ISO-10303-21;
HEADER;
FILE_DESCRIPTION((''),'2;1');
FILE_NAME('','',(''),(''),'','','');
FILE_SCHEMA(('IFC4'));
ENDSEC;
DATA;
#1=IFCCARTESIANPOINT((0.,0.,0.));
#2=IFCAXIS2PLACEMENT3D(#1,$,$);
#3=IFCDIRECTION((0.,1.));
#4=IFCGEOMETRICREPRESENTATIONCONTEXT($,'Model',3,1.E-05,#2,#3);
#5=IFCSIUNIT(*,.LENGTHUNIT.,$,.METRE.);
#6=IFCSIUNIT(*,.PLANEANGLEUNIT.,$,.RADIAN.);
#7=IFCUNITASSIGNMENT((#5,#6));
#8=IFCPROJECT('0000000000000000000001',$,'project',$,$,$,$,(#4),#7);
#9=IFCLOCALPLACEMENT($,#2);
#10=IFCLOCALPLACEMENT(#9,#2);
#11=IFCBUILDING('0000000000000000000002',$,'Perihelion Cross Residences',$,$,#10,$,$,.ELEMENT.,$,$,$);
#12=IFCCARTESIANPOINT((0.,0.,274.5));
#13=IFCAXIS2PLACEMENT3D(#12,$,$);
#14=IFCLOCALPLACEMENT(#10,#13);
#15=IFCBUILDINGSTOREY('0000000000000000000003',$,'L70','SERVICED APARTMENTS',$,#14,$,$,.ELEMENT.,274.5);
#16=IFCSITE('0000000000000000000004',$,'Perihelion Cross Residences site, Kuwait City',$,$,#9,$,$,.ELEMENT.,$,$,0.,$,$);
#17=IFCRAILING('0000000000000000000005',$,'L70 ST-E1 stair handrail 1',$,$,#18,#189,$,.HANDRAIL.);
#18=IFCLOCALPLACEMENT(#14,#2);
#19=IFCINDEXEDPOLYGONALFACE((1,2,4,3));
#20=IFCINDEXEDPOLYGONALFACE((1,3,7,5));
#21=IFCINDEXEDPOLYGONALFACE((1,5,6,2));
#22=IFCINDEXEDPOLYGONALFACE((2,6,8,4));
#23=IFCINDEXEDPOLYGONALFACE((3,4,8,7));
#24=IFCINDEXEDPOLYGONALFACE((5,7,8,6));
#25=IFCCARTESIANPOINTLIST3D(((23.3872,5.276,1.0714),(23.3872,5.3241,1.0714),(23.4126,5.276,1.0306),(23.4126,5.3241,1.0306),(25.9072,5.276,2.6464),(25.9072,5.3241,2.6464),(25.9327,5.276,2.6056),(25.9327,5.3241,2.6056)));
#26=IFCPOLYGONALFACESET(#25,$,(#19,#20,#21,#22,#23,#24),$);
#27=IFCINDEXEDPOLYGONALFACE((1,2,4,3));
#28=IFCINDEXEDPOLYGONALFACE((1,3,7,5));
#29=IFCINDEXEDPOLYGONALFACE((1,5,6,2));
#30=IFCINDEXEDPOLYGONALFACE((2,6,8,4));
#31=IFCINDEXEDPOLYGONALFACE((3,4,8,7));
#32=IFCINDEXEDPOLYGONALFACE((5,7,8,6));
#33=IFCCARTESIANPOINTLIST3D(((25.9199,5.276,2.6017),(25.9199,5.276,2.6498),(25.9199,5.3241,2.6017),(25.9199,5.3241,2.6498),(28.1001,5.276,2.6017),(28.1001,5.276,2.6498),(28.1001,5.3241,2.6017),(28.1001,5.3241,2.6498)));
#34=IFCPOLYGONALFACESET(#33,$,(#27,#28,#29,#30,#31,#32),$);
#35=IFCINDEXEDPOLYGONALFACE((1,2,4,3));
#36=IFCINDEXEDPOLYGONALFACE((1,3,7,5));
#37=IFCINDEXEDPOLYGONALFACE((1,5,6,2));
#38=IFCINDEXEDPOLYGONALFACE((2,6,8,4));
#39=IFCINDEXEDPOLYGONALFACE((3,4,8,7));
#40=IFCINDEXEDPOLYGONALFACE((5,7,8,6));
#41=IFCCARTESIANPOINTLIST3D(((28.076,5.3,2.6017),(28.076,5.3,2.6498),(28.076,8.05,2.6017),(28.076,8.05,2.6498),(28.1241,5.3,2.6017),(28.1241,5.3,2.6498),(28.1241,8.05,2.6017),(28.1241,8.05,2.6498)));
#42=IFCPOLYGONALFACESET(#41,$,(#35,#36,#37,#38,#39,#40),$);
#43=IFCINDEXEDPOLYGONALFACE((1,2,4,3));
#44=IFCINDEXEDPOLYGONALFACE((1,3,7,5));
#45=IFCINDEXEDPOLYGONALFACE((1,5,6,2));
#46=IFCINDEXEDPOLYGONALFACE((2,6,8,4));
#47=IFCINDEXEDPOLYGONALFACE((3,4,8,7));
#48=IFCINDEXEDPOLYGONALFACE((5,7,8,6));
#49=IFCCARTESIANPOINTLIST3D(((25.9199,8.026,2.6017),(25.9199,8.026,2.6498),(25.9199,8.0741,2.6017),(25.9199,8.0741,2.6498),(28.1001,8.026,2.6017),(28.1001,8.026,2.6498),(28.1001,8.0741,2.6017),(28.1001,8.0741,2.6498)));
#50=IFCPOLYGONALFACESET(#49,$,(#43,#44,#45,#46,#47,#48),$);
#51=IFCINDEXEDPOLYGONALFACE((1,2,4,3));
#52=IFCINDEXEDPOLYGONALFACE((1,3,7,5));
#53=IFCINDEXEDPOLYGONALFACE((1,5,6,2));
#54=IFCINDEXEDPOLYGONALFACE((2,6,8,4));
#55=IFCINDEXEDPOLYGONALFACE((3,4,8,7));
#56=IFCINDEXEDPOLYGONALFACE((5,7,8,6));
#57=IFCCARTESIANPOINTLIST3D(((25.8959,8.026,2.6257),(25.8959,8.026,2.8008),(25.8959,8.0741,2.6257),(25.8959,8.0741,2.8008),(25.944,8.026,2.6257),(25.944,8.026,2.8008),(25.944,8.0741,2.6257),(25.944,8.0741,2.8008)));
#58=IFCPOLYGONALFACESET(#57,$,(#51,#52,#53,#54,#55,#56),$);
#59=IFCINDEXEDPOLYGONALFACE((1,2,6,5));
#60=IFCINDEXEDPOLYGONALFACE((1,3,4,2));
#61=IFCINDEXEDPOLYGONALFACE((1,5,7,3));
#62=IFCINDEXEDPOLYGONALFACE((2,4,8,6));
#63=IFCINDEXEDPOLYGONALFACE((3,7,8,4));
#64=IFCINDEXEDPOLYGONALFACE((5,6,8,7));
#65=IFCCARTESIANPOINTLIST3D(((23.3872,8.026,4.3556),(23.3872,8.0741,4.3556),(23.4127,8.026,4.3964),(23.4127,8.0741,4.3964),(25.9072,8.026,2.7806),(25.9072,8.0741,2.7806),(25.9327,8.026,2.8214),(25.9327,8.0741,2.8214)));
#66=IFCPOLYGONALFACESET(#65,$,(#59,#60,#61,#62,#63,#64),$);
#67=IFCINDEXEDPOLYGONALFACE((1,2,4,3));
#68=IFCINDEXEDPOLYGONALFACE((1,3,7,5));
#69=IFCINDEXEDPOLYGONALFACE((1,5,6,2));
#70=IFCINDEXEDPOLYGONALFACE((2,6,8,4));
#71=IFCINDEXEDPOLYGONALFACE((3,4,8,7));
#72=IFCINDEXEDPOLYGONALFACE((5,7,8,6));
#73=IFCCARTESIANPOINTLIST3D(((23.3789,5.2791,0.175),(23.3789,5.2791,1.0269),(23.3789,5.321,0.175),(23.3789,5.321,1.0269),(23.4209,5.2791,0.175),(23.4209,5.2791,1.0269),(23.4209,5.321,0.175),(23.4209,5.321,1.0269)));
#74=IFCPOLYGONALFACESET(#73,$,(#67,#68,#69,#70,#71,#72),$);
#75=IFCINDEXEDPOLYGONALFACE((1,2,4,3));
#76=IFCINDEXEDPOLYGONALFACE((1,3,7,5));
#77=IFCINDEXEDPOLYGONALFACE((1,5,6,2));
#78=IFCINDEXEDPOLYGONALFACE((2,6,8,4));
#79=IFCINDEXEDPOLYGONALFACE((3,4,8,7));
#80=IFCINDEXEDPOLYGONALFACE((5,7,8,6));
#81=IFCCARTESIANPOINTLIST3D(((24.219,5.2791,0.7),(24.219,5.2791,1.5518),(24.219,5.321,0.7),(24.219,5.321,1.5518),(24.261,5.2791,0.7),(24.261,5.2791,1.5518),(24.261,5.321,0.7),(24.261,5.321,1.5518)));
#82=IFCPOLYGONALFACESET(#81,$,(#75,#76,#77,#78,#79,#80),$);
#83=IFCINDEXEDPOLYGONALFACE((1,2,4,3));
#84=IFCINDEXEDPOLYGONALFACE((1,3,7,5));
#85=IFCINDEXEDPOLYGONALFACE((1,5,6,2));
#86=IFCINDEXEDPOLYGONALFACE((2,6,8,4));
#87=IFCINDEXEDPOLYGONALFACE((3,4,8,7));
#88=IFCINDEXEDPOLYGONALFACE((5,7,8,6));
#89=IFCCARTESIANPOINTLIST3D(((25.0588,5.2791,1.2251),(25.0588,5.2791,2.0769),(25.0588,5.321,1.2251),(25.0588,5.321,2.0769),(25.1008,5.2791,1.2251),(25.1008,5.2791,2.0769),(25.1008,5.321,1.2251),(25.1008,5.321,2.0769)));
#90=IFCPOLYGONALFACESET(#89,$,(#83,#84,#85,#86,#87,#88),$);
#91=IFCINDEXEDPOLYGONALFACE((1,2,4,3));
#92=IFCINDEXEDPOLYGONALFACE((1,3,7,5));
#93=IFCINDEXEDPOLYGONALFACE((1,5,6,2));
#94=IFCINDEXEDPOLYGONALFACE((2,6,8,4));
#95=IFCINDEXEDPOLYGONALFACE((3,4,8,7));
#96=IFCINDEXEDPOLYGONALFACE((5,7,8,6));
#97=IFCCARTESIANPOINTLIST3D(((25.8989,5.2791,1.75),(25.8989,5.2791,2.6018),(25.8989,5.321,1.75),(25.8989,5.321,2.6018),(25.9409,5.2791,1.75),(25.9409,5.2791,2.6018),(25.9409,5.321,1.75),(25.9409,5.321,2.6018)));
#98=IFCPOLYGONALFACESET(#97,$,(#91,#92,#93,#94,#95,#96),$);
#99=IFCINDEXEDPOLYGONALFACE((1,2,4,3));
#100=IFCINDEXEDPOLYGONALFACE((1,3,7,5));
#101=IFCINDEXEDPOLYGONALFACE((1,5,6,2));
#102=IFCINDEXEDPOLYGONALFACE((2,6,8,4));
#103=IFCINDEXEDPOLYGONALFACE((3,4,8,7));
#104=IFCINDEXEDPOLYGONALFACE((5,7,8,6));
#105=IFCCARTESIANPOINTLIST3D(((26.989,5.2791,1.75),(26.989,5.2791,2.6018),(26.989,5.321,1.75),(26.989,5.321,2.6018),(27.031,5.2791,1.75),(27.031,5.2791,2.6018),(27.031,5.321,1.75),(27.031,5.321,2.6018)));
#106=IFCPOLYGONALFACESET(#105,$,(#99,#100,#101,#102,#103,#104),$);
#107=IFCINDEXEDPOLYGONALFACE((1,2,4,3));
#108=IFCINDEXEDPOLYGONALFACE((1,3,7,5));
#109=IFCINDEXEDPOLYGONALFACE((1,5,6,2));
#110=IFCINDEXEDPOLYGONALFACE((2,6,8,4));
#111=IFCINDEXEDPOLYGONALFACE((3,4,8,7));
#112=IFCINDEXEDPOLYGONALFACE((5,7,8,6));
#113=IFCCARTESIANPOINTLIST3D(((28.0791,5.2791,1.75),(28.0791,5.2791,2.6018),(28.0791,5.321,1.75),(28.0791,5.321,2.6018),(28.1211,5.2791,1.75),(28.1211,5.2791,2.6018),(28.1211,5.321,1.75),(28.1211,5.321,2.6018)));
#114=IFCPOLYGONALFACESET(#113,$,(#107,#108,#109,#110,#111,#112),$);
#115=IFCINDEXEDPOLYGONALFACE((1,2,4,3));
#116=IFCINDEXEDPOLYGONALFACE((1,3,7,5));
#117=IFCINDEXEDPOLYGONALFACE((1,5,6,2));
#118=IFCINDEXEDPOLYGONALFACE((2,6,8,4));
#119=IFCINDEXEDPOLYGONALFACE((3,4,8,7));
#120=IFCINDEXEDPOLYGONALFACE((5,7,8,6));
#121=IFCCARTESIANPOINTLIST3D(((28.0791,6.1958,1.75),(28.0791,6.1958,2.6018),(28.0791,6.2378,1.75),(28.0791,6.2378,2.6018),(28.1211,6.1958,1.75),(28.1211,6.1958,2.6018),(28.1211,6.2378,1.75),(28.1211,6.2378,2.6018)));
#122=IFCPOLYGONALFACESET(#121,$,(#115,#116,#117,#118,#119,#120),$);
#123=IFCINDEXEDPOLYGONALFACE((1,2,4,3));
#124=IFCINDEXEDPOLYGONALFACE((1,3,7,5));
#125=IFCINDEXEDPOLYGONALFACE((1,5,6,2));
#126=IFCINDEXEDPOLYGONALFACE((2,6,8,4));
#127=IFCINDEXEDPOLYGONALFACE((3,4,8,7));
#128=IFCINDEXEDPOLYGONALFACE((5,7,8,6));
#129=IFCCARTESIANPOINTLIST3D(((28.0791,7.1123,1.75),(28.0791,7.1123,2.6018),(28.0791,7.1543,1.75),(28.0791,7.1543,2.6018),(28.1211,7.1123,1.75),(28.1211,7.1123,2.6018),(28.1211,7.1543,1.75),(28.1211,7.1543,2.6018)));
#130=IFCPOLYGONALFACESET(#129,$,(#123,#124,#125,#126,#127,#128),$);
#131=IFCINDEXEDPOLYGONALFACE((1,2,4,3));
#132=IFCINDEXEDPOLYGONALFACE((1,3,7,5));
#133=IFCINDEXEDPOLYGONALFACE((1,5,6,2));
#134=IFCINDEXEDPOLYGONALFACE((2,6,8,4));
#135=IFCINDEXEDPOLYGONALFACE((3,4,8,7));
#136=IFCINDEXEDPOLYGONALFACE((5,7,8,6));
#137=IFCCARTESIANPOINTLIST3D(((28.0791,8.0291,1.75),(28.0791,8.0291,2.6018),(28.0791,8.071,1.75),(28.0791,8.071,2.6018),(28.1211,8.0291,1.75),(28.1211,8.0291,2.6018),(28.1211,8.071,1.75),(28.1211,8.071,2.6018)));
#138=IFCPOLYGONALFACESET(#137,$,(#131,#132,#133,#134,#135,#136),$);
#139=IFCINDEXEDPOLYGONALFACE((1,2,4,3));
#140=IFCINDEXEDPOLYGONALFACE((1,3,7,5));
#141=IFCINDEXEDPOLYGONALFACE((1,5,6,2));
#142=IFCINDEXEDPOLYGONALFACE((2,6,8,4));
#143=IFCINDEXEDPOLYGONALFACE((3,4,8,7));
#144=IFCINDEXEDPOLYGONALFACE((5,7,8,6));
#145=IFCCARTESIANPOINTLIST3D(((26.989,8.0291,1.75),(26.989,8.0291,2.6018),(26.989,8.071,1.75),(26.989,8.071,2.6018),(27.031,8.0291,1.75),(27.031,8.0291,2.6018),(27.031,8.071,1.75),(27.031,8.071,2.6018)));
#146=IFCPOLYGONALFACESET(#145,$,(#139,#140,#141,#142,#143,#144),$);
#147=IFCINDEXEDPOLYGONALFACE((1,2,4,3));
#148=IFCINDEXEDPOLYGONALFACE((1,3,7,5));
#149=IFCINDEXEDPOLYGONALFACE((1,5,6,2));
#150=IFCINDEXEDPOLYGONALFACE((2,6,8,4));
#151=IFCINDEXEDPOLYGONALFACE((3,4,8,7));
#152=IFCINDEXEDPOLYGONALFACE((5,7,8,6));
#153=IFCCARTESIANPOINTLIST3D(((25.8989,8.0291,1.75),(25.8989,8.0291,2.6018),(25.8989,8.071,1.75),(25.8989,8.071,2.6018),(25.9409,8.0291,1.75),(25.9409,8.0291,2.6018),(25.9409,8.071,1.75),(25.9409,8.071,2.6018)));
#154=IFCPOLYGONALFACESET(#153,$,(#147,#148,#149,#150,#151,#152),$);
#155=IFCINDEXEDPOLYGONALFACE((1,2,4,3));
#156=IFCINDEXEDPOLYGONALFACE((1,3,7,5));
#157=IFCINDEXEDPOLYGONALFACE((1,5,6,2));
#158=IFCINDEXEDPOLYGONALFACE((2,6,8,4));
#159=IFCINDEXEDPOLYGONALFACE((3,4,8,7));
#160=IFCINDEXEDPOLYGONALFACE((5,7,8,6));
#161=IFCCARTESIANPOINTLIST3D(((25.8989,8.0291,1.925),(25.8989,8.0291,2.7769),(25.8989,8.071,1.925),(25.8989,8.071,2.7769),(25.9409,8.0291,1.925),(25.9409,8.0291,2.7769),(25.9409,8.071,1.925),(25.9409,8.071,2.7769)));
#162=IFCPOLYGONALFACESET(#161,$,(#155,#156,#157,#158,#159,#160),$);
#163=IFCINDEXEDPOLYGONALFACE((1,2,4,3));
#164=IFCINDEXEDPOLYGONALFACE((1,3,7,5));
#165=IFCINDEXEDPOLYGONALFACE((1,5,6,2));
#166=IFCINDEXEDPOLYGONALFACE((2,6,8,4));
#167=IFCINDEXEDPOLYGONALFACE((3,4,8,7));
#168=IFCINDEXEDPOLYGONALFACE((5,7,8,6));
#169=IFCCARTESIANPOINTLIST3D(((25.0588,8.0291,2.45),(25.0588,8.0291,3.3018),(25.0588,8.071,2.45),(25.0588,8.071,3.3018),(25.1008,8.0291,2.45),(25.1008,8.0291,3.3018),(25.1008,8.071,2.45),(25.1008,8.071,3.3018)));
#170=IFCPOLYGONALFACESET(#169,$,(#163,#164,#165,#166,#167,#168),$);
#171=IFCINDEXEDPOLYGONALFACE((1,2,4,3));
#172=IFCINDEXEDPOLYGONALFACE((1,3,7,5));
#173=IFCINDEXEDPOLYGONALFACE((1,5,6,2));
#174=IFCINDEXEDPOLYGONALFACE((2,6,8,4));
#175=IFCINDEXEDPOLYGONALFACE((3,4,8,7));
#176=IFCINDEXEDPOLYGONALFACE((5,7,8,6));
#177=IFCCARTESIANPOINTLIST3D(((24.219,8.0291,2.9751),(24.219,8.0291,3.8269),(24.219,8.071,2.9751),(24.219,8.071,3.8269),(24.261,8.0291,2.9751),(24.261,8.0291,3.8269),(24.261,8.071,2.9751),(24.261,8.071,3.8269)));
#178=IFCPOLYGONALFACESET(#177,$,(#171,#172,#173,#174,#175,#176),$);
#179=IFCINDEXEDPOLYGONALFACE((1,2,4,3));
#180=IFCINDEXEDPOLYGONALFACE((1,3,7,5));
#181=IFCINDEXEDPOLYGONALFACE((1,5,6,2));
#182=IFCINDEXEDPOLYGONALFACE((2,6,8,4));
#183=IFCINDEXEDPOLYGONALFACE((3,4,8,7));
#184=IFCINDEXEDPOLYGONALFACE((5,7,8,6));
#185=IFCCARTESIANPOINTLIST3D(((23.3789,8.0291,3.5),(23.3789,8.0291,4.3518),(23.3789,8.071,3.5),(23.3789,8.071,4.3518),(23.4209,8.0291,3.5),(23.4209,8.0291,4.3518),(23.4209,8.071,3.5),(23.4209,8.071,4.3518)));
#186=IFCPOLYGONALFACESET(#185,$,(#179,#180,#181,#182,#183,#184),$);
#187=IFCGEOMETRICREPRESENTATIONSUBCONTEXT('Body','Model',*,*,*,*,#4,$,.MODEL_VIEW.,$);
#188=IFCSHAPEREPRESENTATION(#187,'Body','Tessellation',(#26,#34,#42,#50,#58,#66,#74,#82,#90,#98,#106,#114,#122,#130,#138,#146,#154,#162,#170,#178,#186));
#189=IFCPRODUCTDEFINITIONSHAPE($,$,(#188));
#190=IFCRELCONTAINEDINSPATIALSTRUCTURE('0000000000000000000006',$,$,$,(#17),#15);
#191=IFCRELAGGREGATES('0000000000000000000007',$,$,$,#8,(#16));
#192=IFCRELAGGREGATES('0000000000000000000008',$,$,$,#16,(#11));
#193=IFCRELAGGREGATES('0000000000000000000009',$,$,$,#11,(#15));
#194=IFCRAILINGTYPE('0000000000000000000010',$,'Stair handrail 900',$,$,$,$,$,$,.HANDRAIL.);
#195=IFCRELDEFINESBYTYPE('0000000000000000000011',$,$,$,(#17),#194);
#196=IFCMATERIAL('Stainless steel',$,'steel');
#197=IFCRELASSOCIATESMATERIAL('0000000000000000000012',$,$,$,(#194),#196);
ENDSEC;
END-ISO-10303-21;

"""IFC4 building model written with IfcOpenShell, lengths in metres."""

from ifc_helpers import new_model, si_unit, direction, frame, origin, origin_2d, place, context, subcontext, project, spatial, rectangle, extrude, material, type_object, element, save


model = new_model("IFC4")

# Units and contexts
model_context = context("Model", 3, precision=1e-05, world=origin(), true_north=direction((0.0, 1.0)))
body_context = subcontext(model_context, "Body", "Model", "MODEL_VIEW")
ifc_project = project(units=[si_unit("LENGTHUNIT", "METRE"), si_unit("PLANEANGLEUNIT", "RADIAN")], contexts=[model_context])

# Site, building, storey
site_placement = place(None, origin())
site = spatial("IfcSite", under=ifc_project, at=site_placement, Name="Perihelion Cross Residences site, Kuwait City", CompositionType="ELEMENT", RefElevation=0.0)
building_placement = place(site_placement, origin())
building = spatial("IfcBuilding", under=site, at=building_placement, Name="Perihelion Cross Residences", CompositionType="ELEMENT")
storey_placement = place(building_placement, frame((0.0, 0.0, 274.5)))
storey = spatial("IfcBuildingStorey", under=building, at=storey_placement, Name="L70", Description="SERVICED APARTMENTS", CompositionType="ELEMENT", Elevation=274.5)

# Railing
ifc_material_1 = material(Name="Stainless steel", Category="steel")
railing_type = type_object("IfcRailingType", Name="Stair handrail 900", PredefinedType="HANDRAIL", material=ifc_material_1)
railing_placement = place(storey_placement, frame((23.3999, 5.3, 0.175)))
element("IfcRailing", 1, at=railing_placement, inside=storey, type_object=railing_type, Name="L70 ST-E1 stair handrail 1", PredefinedType="HANDRAIL", context=body_context, shape_type="SweptSolid", body=[
    extrude(rectangle(XDim=0.0481, YDim=0.0481, at=origin_2d()), frame((0.0, 0.0, 0.876), z_axis=(0.848008, 0.0, 0.529984), x_axis=(0.0, 1.0, 0.0)), (0.0, 0.0, 1.0), 2.9717),
    extrude(rectangle(XDim=0.0481, YDim=0.0481, at=origin_2d()), frame((2.52, 0.0, 2.4507), z_axis=(1.0, 0.0, 0.0), x_axis=(0.0, 1.0, 0.0)), (0.0, 0.0, 1.0), 2.1802),
    extrude(rectangle(XDim=0.0481, YDim=0.0481, at=origin_2d()), frame((4.7002, 0.0, 2.4507), z_axis=(0.0, 1.0, 0.0), x_axis=(-1.0, 0.0, 0.0)), (0.0, 0.0, 1.0), 2.75),
    extrude(rectangle(XDim=0.0481, YDim=0.0481, at=origin_2d()), frame((4.7002, 2.75, 2.4507), z_axis=(-1.0, 0.0, 0.0), x_axis=(0.0, -1.0, 0.0)), (0.0, 0.0, 1.0), 2.1802),
    extrude(rectangle(XDim=0.0481, YDim=0.0481, at=origin_2d()), frame((2.52, 2.75, 2.4507), z_axis=(0.0, 0.0, 1.0), x_axis=(1.0, 0.0, 0.0)), (0.0, 0.0, 1.0), 0.175),
    extrude(rectangle(XDim=0.0481, YDim=0.0481, at=origin_2d()), frame((2.52, 2.75, 2.626), z_axis=(-0.848008, 0.0, 0.529984), x_axis=(0.0, -1.0, 0.0)), (0.0, 0.0, 1.0), 2.9717),
    extrude(rectangle(XDim=0.042, YDim=0.042, at=origin_2d()), origin(), (0.0, 0.0, 1.0), 0.8518),
    extrude(rectangle(XDim=0.042, YDim=0.042, at=origin_2d()), frame((0.8401, 0.0, 0.5249)), (0.0, 0.0, 1.0), 0.8518),
    extrude(rectangle(XDim=0.042, YDim=0.042, at=origin_2d()), frame((1.6799, 0.0, 1.05)), (0.0, 0.0, 1.0), 0.8518),
    extrude(rectangle(XDim=0.042, YDim=0.042, at=origin_2d()), frame((2.52, 0.0, 1.575)), (0.0, 0.0, 1.0), 0.8518),
    extrude(rectangle(XDim=0.042, YDim=0.042, at=origin_2d()), frame((3.6101, 0.0, 1.575)), (0.0, 0.0, 1.0), 0.8518),
    extrude(rectangle(XDim=0.042, YDim=0.042, at=origin_2d()), frame((4.7002, 0.0, 1.575)), (0.0, 0.0, 1.0), 0.8518),
    extrude(rectangle(XDim=0.042, YDim=0.042, at=origin_2d()), frame((4.7002, 0.9167, 1.575)), (0.0, 0.0, 1.0), 0.8518),
    extrude(rectangle(XDim=0.042, YDim=0.042, at=origin_2d()), frame((4.7002, 1.8333, 1.575)), (0.0, 0.0, 1.0), 0.8518),
    extrude(rectangle(XDim=0.042, YDim=0.042, at=origin_2d()), frame((4.7002, 2.75, 1.575)), (0.0, 0.0, 1.0), 0.8518),
    extrude(rectangle(XDim=0.042, YDim=0.042, at=origin_2d()), frame((3.6101, 2.75, 1.575)), (0.0, 0.0, 1.0), 0.8518),
    extrude(rectangle(XDim=0.042, YDim=0.042, at=origin_2d()), frame((2.52, 2.75, 1.575)), (0.0, 0.0, 1.0), 0.8518),
    extrude(rectangle(XDim=0.042, YDim=0.042, at=origin_2d()), frame((2.52, 2.75, 1.75)), (0.0, 0.0, 1.0), 0.8518),
    extrude(rectangle(XDim=0.042, YDim=0.042, at=origin_2d()), frame((1.6799, 2.75, 2.2749)), (0.0, 0.0, 1.0), 0.8518),
    extrude(rectangle(XDim=0.042, YDim=0.042, at=origin_2d()), frame((0.8401, 2.75, 2.8)), (0.0, 0.0, 1.0), 0.8518),
    extrude(rectangle(XDim=0.042, YDim=0.042, at=origin_2d()), frame((0.0, 2.75, 3.325)), (0.0, 0.0, 1.0), 0.8518),
])

save(model, "model.ifc")
